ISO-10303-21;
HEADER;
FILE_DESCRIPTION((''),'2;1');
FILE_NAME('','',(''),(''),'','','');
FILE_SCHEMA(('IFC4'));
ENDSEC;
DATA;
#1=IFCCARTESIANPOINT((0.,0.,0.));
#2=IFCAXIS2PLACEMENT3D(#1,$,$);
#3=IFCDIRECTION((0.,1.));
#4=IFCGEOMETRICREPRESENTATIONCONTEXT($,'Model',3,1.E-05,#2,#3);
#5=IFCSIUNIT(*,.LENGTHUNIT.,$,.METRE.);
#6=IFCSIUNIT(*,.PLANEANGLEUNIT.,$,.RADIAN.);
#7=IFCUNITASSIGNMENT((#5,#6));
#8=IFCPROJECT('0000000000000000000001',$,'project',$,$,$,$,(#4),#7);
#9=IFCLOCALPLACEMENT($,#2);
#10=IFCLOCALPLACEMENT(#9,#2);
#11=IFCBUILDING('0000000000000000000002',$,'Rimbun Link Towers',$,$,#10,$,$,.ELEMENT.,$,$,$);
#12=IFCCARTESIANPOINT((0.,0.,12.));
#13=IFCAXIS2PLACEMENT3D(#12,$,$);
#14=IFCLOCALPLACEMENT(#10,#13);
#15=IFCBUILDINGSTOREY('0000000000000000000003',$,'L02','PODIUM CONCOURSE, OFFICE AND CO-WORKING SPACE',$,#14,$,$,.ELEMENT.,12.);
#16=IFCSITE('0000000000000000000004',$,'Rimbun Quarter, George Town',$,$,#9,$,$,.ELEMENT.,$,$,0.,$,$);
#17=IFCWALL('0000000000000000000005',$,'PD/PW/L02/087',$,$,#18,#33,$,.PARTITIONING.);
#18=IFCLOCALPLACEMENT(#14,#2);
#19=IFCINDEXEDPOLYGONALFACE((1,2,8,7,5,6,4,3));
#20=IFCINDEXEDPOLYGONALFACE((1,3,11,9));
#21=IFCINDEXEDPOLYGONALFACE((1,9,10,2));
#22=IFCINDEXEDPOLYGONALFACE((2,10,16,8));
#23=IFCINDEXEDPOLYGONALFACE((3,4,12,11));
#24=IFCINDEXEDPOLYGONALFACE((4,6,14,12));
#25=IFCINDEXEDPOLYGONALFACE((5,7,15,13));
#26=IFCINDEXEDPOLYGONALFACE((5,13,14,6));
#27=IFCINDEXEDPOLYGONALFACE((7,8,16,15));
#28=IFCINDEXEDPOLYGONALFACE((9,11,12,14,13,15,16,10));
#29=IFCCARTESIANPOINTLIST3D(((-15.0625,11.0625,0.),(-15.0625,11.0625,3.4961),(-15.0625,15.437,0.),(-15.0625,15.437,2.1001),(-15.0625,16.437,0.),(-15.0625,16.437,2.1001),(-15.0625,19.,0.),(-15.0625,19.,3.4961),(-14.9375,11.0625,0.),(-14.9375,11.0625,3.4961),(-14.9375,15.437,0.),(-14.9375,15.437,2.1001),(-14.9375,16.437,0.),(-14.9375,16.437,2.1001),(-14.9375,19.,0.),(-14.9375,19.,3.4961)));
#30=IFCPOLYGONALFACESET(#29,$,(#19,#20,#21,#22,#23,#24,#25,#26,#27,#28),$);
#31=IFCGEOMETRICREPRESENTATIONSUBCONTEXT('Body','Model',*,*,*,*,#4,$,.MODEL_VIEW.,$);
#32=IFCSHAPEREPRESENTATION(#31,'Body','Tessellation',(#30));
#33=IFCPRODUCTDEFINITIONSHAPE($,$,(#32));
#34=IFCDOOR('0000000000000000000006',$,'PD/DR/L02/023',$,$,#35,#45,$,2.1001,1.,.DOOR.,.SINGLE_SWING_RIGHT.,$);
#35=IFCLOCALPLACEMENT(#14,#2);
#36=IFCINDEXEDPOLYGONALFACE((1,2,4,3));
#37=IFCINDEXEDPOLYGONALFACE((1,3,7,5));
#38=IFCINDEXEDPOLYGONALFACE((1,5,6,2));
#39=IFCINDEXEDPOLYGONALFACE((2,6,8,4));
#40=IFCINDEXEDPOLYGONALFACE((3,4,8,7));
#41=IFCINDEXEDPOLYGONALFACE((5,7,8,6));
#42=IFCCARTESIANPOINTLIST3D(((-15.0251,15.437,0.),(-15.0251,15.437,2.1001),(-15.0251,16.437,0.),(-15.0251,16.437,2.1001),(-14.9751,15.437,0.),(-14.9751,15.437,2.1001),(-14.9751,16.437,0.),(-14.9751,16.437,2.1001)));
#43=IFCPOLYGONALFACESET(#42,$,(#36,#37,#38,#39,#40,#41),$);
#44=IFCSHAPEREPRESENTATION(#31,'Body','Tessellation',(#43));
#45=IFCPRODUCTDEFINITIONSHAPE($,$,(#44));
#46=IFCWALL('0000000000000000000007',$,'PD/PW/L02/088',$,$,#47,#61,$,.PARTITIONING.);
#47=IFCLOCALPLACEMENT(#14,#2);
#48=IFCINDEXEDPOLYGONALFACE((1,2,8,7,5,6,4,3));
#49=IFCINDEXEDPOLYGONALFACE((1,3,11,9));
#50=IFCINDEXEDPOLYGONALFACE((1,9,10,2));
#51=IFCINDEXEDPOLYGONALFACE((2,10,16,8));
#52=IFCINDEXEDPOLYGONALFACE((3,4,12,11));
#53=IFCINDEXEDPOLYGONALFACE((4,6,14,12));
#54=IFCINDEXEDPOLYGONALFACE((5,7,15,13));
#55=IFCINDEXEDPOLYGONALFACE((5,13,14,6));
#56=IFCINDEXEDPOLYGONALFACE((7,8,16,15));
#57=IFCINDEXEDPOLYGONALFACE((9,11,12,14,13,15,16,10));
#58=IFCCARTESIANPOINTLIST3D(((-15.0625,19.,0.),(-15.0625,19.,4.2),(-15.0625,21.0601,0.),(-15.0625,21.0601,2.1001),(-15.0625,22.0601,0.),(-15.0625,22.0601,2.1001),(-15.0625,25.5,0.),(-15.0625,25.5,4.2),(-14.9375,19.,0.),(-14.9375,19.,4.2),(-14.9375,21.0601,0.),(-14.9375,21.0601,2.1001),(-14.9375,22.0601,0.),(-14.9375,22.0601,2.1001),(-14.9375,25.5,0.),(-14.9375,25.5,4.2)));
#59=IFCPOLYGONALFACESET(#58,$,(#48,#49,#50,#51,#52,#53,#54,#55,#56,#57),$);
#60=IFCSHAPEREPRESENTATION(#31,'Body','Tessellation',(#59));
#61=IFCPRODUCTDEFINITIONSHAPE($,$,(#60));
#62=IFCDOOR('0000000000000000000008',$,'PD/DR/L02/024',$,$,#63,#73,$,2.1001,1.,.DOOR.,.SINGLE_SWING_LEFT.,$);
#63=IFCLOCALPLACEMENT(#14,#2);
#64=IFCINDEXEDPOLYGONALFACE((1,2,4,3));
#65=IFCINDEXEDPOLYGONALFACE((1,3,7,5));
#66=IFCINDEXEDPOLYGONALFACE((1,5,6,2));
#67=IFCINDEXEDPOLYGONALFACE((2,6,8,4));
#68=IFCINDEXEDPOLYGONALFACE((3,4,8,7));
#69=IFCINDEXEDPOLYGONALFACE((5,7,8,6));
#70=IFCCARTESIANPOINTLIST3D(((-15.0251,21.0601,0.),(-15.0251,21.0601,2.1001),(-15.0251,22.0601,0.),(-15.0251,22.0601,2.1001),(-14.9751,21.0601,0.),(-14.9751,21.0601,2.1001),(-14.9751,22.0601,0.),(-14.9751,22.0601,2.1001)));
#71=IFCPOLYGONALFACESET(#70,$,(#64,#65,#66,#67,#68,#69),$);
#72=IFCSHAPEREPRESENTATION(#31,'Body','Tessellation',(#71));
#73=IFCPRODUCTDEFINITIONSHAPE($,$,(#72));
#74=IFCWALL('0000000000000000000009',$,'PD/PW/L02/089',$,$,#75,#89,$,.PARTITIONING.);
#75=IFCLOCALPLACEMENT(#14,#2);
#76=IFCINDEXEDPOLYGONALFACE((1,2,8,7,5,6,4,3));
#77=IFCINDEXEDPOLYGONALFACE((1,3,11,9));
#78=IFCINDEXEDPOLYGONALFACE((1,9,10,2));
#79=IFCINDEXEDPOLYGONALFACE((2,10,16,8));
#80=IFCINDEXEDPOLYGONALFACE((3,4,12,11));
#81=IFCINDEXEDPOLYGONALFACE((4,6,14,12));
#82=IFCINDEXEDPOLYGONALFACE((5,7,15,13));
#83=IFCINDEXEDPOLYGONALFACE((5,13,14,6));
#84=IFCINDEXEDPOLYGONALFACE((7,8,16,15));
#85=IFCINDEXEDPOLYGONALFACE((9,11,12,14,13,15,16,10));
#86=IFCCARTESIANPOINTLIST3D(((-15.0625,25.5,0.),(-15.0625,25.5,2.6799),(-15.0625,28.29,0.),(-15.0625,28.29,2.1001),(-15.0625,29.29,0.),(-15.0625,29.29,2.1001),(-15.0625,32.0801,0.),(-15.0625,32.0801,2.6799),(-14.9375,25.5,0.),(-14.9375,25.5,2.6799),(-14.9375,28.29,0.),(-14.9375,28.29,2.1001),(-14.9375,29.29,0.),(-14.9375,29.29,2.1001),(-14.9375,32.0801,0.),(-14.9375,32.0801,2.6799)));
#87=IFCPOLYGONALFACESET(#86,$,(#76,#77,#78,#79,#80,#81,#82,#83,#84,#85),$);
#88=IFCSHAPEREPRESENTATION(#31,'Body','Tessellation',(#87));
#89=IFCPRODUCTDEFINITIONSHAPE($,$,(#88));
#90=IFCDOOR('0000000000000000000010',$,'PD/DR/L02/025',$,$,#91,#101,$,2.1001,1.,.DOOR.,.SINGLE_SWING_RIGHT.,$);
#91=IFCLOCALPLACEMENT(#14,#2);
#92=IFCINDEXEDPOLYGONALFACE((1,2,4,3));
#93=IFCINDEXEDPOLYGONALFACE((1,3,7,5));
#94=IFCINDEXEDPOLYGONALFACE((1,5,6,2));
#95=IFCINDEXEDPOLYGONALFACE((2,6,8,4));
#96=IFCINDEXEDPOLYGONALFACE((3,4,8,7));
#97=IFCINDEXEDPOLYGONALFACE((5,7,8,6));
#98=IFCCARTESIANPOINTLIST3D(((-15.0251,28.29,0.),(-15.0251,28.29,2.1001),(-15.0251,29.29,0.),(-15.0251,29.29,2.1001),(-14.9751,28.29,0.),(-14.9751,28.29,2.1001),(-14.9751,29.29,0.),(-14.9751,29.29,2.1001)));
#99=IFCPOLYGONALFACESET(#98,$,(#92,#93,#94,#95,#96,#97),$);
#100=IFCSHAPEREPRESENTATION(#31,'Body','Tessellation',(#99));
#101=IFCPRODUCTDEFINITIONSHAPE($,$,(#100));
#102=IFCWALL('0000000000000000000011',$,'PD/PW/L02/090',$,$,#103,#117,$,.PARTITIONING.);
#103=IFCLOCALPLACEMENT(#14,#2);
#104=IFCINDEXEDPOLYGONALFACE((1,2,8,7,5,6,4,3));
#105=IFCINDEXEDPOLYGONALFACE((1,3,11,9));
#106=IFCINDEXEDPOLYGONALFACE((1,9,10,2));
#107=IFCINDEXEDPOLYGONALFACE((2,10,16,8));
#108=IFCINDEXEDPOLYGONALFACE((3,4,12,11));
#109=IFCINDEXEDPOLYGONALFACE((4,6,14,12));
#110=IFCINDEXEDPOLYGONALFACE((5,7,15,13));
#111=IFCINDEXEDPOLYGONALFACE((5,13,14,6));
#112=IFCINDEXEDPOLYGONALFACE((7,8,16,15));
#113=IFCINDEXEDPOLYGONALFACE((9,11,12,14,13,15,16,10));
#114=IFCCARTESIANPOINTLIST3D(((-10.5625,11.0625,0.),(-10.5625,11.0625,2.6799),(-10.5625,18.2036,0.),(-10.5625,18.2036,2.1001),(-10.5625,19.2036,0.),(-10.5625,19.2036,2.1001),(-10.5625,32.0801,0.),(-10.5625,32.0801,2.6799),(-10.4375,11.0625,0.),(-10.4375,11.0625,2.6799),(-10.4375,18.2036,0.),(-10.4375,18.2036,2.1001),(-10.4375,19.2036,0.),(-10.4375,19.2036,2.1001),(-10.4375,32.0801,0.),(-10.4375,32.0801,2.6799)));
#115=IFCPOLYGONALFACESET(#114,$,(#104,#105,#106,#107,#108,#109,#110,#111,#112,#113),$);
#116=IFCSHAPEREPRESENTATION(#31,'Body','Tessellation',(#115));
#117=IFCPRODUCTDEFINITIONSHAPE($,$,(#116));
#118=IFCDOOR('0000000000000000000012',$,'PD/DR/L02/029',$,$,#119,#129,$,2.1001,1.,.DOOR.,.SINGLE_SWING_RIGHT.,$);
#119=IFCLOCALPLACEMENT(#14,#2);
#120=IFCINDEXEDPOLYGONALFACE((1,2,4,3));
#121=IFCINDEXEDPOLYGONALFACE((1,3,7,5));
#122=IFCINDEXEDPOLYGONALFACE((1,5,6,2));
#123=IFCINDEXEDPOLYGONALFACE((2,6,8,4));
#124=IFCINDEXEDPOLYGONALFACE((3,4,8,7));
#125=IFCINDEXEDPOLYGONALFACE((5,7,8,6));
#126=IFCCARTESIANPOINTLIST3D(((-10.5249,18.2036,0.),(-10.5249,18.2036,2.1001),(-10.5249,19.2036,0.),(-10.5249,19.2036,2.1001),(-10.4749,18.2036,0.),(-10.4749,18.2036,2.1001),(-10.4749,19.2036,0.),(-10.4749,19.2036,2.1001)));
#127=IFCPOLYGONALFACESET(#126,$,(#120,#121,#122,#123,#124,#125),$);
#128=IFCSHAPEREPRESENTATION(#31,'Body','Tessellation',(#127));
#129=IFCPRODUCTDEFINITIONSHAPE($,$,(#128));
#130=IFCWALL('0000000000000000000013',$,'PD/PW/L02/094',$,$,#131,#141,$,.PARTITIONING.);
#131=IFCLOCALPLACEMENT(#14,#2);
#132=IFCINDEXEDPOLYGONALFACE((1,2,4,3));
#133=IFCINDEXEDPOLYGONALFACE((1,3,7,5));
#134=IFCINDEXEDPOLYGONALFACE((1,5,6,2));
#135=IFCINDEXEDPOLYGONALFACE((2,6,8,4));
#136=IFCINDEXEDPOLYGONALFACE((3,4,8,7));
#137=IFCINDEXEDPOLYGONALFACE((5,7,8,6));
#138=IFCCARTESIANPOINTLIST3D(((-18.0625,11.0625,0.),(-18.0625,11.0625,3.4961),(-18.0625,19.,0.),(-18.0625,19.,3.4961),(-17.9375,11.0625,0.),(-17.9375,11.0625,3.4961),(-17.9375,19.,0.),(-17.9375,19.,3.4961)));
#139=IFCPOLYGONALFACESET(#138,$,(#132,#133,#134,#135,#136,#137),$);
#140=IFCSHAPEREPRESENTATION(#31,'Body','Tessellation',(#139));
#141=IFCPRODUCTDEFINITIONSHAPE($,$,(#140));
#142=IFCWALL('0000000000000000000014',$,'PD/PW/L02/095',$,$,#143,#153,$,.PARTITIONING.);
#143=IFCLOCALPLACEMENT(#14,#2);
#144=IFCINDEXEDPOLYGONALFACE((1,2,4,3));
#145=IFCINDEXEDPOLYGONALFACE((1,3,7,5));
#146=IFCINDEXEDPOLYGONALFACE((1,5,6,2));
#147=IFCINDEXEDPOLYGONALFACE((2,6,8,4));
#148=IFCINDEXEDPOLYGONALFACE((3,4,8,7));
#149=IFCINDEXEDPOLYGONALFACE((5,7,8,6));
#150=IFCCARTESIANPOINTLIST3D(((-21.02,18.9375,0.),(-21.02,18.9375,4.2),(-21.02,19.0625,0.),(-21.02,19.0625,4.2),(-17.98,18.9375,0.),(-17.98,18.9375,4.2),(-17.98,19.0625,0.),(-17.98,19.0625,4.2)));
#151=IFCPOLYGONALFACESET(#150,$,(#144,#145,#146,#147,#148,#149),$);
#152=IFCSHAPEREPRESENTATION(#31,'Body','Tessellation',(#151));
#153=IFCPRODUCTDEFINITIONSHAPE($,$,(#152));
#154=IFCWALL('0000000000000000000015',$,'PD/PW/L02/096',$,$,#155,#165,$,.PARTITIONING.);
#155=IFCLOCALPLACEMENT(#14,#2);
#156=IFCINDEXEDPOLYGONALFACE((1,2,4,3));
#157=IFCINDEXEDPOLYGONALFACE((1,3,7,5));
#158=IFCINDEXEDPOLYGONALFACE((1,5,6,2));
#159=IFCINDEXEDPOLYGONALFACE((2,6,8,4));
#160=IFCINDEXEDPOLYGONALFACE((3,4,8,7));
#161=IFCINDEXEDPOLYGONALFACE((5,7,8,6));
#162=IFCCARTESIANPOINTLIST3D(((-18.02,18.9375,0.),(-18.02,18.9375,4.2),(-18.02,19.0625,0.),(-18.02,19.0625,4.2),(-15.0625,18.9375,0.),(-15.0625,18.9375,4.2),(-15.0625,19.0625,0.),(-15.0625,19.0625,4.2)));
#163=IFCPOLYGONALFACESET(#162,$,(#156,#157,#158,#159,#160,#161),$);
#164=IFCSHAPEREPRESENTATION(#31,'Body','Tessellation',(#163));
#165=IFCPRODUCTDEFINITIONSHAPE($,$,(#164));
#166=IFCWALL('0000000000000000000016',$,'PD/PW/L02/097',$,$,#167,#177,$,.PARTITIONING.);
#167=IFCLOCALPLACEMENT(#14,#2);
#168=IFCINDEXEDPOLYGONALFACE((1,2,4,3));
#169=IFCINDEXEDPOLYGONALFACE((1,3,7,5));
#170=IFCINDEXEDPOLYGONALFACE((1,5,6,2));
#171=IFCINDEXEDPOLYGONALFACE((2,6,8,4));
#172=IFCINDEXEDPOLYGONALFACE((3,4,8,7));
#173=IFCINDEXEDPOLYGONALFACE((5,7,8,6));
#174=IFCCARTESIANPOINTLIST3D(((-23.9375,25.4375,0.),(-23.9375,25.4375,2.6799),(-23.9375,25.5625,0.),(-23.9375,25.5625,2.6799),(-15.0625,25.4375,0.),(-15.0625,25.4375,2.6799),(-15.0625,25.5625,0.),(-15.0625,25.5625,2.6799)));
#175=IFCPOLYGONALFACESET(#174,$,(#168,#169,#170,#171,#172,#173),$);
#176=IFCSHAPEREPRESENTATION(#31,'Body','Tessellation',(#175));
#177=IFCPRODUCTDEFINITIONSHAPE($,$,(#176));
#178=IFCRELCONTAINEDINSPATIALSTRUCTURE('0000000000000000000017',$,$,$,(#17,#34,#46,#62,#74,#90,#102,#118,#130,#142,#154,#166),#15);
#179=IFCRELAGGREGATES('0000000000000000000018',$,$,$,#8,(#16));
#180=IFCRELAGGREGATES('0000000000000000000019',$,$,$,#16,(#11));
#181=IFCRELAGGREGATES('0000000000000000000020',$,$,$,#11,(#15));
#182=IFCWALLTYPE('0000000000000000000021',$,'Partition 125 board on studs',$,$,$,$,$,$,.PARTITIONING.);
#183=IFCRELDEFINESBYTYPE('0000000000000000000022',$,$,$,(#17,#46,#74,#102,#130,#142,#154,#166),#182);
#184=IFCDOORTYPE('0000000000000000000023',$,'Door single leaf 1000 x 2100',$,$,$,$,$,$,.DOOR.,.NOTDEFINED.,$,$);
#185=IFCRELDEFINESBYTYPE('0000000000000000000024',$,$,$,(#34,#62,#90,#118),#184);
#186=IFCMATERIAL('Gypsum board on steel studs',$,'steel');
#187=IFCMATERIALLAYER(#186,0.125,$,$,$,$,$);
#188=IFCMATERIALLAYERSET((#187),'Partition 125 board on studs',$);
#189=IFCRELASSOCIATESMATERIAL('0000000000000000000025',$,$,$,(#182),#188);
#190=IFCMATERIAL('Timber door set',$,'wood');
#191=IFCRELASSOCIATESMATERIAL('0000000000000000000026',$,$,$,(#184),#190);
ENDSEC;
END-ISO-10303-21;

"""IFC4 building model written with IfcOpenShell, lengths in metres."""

from ifc_helpers import new_model, si_unit, direction, frame, frame_2d, origin, place, context, subcontext, project, spatial, rectangle, extrude, material, layer, layer_set, type_object, element, fill, save


model = new_model("IFC4")

# Units and contexts
model_context = context("Model", 3, precision=1e-05, world=origin(), true_north=direction((0.0, 1.0)))
body_context = subcontext(model_context, "Body", "Model", "MODEL_VIEW")
ifc_project = project(units=[si_unit("LENGTHUNIT", "METRE"), si_unit("PLANEANGLEUNIT", "RADIAN")], contexts=[model_context])

# Site, building, storey
site_placement = place(None, origin())
site = spatial("IfcSite", under=ifc_project, at=site_placement, Name="Rimbun Quarter, George Town", CompositionType="ELEMENT", RefElevation=0.0)
building_placement = place(site_placement, origin())
building = spatial("IfcBuilding", under=site, at=building_placement, Name="Rimbun Link Towers", CompositionType="ELEMENT")
storey_placement = place(building_placement, frame((0.0, 0.0, 12.0)))
storey = spatial("IfcBuildingStorey", under=building, at=storey_placement, Name="L02", Description="PODIUM CONCOURSE, OFFICE AND CO-WORKING SPACE", CompositionType="ELEMENT", Elevation=12.0)

# Walls, openings, doors
ifc_material_1 = material(Name="Gypsum board on steel studs", Category="steel")
ifc_layer_1 = layer(ifc_material_1, 0.125)
ifc_layer_set_1 = layer_set([ifc_layer_1], Name="Partition 125 board on studs")
wall_type_1 = type_object("IfcWallType", Name="Partition 125 board on studs", PredefinedType="PARTITIONING", material=ifc_layer_set_1)
wall_1_placement = place(storey_placement, frame((-15.0, 19.0, 0.0), z_axis=(0.0, 0.0, 1.0), x_axis=(0.0, -1.0, 0.0)))
wall_1 = element("IfcWall", 1, at=wall_1_placement, inside=storey, type_object=wall_type_1, Name="PD/PW/L02/087", PredefinedType="PARTITIONING", context=body_context, shape_type="SweptSolid", body=[
    extrude(rectangle(XDim=7.9375, YDim=0.125, at=frame_2d((3.9688, 0.0))), origin(), (0.0, 0.0, 1.0), 3.4961),
])
opening_1_placement = place(wall_1_placement, frame((2.563, 0.0, 0.0)))
opening_1 = element("IfcOpeningElement", 2, at=opening_1_placement, cuts=wall_1, PredefinedType="OPENING", context=body_context, shape_type="SweptSolid", body=[
    extrude(rectangle(XDim=1.0, YDim=2.1001, at=frame_2d((0.5, 1.05))), frame((0.0, 0.0725, 0.0), z_axis=(0.0, -1.0, 0.0), x_axis=(1.0, 0.0, 0.0)), (0.0, 0.0, 1.0), 0.145),
])
ifc_material_2 = material(Name="Timber door set", Category="wood")
door_type_1 = type_object("IfcDoorType", Name="Door single leaf 1000 x 2100", OperationType="NOTDEFINED", PredefinedType="DOOR", material=ifc_material_2)
door_1_placement = place(opening_1_placement, origin())
door_1 = element("IfcDoor", 3, at=door_1_placement, inside=storey, type_object=door_type_1, Name="PD/DR/L02/023", OperationType="SINGLE_SWING_RIGHT", OverallHeight=2.1001, OverallWidth=1.0, PredefinedType="DOOR", context=body_context, shape_type="SweptSolid", body=[
    extrude(rectangle(XDim=1.0, YDim=2.1001, at=frame_2d((0.5, 1.05))), frame((0.0, 0.0249, 0.0), z_axis=(0.0, -1.0, 0.0), x_axis=(1.0, 0.0, 0.0)), (0.0, 0.0, 1.0), 0.05),
])
fill(opening_1, door_1)
wall_2_placement = place(storey_placement, frame((-15.0, 25.5, 0.0), z_axis=(0.0, 0.0, 1.0), x_axis=(0.0, -1.0, 0.0)))
wall_2 = element("IfcWall", 4, at=wall_2_placement, inside=storey, type_object=wall_type_1, Name="PD/PW/L02/088", PredefinedType="PARTITIONING", context=body_context, shape_type="SweptSolid", body=[
    extrude(rectangle(XDim=6.5, YDim=0.125, at=frame_2d((3.25, 0.0))), origin(), (0.0, 0.0, 1.0), 4.2),
])
opening_2_placement = place(wall_2_placement, frame((3.4399, 0.0, 0.0)))
opening_2 = element("IfcOpeningElement", 5, at=opening_2_placement, cuts=wall_2, PredefinedType="OPENING", context=body_context, shape_type="SweptSolid", body=[
    extrude(rectangle(XDim=1.0, YDim=2.1001, at=frame_2d((0.5, 1.05))), frame((0.0, 0.0725, 0.0), z_axis=(0.0, -1.0, 0.0), x_axis=(1.0, 0.0, 0.0)), (0.0, 0.0, 1.0), 0.145),
])
door_2_placement = place(opening_2_placement, origin())
door_2 = element("IfcDoor", 6, at=door_2_placement, inside=storey, type_object=door_type_1, Name="PD/DR/L02/024", OperationType="SINGLE_SWING_LEFT", OverallHeight=2.1001, OverallWidth=1.0, PredefinedType="DOOR", context=body_context, shape_type="SweptSolid", body=[
    extrude(rectangle(XDim=1.0, YDim=2.1001, at=frame_2d((0.5, 1.05))), frame((0.0, 0.0249, 0.0), z_axis=(0.0, -1.0, 0.0), x_axis=(1.0, 0.0, 0.0)), (0.0, 0.0, 1.0), 0.05),
])
fill(opening_2, door_2)
wall_3_placement = place(storey_placement, frame((-15.0, 32.0801, 0.0), z_axis=(0.0, 0.0, 1.0), x_axis=(0.0, -1.0, 0.0)))
wall_3 = element("IfcWall", 7, at=wall_3_placement, inside=storey, type_object=wall_type_1, Name="PD/PW/L02/089", PredefinedType="PARTITIONING", context=body_context, shape_type="SweptSolid", body=[
    extrude(rectangle(XDim=6.5801, YDim=0.125, at=frame_2d((3.29, 0.0))), origin(), (0.0, 0.0, 1.0), 2.6799),
])
opening_3_placement = place(wall_3_placement, frame((2.79, 0.0, 0.0)))
opening_3 = element("IfcOpeningElement", 8, at=opening_3_placement, cuts=wall_3, PredefinedType="OPENING", context=body_context, shape_type="SweptSolid", body=[
    extrude(rectangle(XDim=1.0, YDim=2.1001, at=frame_2d((0.5, 1.05))), frame((0.0, 0.0725, 0.0), z_axis=(0.0, -1.0, 0.0), x_axis=(1.0, 0.0, 0.0)), (0.0, 0.0, 1.0), 0.145),
])
door_3_placement = place(opening_3_placement, origin())
door_3 = element("IfcDoor", 9, at=door_3_placement, inside=storey, type_object=door_type_1, Name="PD/DR/L02/025", OperationType="SINGLE_SWING_RIGHT", OverallHeight=2.1001, OverallWidth=1.0, PredefinedType="DOOR", context=body_context, shape_type="SweptSolid", body=[
    extrude(rectangle(XDim=1.0, YDim=2.1001, at=frame_2d((0.5, 1.05))), frame((0.0, 0.0249, 0.0), z_axis=(0.0, -1.0, 0.0), x_axis=(1.0, 0.0, 0.0)), (0.0, 0.0, 1.0), 0.05),
])
fill(opening_3, door_3)
wall_4_placement = place(storey_placement, frame((-10.5, 11.0625, 0.0), z_axis=(0.0, 0.0, 1.0), x_axis=(0.0, 1.0, 0.0)))
wall_4 = element("IfcWall", 10, at=wall_4_placement, inside=storey, type_object=wall_type_1, Name="PD/PW/L02/090", PredefinedType="PARTITIONING", context=body_context, shape_type="SweptSolid", body=[
    extrude(rectangle(XDim=21.0176, YDim=0.125, at=frame_2d((10.5088, 0.0))), origin(), (0.0, 0.0, 1.0), 2.6799),
])
opening_4_placement = place(wall_4_placement, frame((7.1411, 0.0, 0.0)))
opening_4 = element("IfcOpeningElement", 11, at=opening_4_placement, cuts=wall_4, PredefinedType="OPENING", context=body_context, shape_type="SweptSolid", body=[
    extrude(rectangle(XDim=1.0, YDim=2.1001, at=frame_2d((0.5, 1.05))), frame((0.0, 0.0725, 0.0), z_axis=(0.0, -1.0, 0.0), x_axis=(1.0, 0.0, 0.0)), (0.0, 0.0, 1.0), 0.145),
])
door_4_placement = place(opening_4_placement, origin())
door_4 = element("IfcDoor", 12, at=door_4_placement, inside=storey, type_object=door_type_1, Name="PD/DR/L02/029", OperationType="SINGLE_SWING_RIGHT", OverallHeight=2.1001, OverallWidth=1.0, PredefinedType="DOOR", context=body_context, shape_type="SweptSolid", body=[
    extrude(rectangle(XDim=1.0, YDim=2.1001, at=frame_2d((0.5, 1.05))), frame((0.0, 0.0249, 0.0), z_axis=(0.0, -1.0, 0.0), x_axis=(1.0, 0.0, 0.0)), (0.0, 0.0, 1.0), 0.05),
])
fill(opening_4, door_4)

# Walls
wall_5_placement = place(storey_placement, frame((-18.0, 11.0625, 0.0), z_axis=(0.0, 0.0, 1.0), x_axis=(0.0, 1.0, 0.0)))
element("IfcWall", 13, at=wall_5_placement, inside=storey, type_object=wall_type_1, Name="PD/PW/L02/094", PredefinedType="PARTITIONING", context=body_context, shape_type="SweptSolid", body=[
    extrude(rectangle(XDim=7.9375, YDim=0.125, at=frame_2d((3.9688, 0.0))), origin(), (0.0, 0.0, 1.0), 3.4961),
])
wall_6_placement = place(storey_placement, frame((-17.98, 19.0, 0.0), z_axis=(0.0, 0.0, 1.0), x_axis=(-1.0, 0.0, 0.0)))
element("IfcWall", 14, at=wall_6_placement, inside=storey, type_object=wall_type_1, Name="PD/PW/L02/095", PredefinedType="PARTITIONING", context=body_context, shape_type="SweptSolid", body=[
    extrude(rectangle(XDim=3.04, YDim=0.125, at=frame_2d((1.52, 0.0))), origin(), (0.0, 0.0, 1.0), 4.2),
])
wall_7_placement = place(storey_placement, frame((-15.0625, 19.0, 0.0), z_axis=(0.0, 0.0, 1.0), x_axis=(-1.0, 0.0, 0.0)))
element("IfcWall", 15, at=wall_7_placement, inside=storey, type_object=wall_type_1, Name="PD/PW/L02/096", PredefinedType="PARTITIONING", context=body_context, shape_type="SweptSolid", body=[
    extrude(rectangle(XDim=2.9575, YDim=0.125, at=frame_2d((1.4788, 0.0))), origin(), (0.0, 0.0, 1.0), 4.2),
])
wall_8_placement = place(storey_placement, frame((-15.0625, 25.5, 0.0), z_axis=(0.0, 0.0, 1.0), x_axis=(-1.0, 0.0, 0.0)))
element("IfcWall", 16, at=wall_8_placement, inside=storey, type_object=wall_type_1, Name="PD/PW/L02/097", PredefinedType="PARTITIONING", context=body_context, shape_type="SweptSolid", body=[
    extrude(rectangle(XDim=8.875, YDim=0.125, at=frame_2d((4.4375, 0.0))), origin(), (0.0, 0.0, 1.0), 2.6799),
])

save(model, "model.ifc")
